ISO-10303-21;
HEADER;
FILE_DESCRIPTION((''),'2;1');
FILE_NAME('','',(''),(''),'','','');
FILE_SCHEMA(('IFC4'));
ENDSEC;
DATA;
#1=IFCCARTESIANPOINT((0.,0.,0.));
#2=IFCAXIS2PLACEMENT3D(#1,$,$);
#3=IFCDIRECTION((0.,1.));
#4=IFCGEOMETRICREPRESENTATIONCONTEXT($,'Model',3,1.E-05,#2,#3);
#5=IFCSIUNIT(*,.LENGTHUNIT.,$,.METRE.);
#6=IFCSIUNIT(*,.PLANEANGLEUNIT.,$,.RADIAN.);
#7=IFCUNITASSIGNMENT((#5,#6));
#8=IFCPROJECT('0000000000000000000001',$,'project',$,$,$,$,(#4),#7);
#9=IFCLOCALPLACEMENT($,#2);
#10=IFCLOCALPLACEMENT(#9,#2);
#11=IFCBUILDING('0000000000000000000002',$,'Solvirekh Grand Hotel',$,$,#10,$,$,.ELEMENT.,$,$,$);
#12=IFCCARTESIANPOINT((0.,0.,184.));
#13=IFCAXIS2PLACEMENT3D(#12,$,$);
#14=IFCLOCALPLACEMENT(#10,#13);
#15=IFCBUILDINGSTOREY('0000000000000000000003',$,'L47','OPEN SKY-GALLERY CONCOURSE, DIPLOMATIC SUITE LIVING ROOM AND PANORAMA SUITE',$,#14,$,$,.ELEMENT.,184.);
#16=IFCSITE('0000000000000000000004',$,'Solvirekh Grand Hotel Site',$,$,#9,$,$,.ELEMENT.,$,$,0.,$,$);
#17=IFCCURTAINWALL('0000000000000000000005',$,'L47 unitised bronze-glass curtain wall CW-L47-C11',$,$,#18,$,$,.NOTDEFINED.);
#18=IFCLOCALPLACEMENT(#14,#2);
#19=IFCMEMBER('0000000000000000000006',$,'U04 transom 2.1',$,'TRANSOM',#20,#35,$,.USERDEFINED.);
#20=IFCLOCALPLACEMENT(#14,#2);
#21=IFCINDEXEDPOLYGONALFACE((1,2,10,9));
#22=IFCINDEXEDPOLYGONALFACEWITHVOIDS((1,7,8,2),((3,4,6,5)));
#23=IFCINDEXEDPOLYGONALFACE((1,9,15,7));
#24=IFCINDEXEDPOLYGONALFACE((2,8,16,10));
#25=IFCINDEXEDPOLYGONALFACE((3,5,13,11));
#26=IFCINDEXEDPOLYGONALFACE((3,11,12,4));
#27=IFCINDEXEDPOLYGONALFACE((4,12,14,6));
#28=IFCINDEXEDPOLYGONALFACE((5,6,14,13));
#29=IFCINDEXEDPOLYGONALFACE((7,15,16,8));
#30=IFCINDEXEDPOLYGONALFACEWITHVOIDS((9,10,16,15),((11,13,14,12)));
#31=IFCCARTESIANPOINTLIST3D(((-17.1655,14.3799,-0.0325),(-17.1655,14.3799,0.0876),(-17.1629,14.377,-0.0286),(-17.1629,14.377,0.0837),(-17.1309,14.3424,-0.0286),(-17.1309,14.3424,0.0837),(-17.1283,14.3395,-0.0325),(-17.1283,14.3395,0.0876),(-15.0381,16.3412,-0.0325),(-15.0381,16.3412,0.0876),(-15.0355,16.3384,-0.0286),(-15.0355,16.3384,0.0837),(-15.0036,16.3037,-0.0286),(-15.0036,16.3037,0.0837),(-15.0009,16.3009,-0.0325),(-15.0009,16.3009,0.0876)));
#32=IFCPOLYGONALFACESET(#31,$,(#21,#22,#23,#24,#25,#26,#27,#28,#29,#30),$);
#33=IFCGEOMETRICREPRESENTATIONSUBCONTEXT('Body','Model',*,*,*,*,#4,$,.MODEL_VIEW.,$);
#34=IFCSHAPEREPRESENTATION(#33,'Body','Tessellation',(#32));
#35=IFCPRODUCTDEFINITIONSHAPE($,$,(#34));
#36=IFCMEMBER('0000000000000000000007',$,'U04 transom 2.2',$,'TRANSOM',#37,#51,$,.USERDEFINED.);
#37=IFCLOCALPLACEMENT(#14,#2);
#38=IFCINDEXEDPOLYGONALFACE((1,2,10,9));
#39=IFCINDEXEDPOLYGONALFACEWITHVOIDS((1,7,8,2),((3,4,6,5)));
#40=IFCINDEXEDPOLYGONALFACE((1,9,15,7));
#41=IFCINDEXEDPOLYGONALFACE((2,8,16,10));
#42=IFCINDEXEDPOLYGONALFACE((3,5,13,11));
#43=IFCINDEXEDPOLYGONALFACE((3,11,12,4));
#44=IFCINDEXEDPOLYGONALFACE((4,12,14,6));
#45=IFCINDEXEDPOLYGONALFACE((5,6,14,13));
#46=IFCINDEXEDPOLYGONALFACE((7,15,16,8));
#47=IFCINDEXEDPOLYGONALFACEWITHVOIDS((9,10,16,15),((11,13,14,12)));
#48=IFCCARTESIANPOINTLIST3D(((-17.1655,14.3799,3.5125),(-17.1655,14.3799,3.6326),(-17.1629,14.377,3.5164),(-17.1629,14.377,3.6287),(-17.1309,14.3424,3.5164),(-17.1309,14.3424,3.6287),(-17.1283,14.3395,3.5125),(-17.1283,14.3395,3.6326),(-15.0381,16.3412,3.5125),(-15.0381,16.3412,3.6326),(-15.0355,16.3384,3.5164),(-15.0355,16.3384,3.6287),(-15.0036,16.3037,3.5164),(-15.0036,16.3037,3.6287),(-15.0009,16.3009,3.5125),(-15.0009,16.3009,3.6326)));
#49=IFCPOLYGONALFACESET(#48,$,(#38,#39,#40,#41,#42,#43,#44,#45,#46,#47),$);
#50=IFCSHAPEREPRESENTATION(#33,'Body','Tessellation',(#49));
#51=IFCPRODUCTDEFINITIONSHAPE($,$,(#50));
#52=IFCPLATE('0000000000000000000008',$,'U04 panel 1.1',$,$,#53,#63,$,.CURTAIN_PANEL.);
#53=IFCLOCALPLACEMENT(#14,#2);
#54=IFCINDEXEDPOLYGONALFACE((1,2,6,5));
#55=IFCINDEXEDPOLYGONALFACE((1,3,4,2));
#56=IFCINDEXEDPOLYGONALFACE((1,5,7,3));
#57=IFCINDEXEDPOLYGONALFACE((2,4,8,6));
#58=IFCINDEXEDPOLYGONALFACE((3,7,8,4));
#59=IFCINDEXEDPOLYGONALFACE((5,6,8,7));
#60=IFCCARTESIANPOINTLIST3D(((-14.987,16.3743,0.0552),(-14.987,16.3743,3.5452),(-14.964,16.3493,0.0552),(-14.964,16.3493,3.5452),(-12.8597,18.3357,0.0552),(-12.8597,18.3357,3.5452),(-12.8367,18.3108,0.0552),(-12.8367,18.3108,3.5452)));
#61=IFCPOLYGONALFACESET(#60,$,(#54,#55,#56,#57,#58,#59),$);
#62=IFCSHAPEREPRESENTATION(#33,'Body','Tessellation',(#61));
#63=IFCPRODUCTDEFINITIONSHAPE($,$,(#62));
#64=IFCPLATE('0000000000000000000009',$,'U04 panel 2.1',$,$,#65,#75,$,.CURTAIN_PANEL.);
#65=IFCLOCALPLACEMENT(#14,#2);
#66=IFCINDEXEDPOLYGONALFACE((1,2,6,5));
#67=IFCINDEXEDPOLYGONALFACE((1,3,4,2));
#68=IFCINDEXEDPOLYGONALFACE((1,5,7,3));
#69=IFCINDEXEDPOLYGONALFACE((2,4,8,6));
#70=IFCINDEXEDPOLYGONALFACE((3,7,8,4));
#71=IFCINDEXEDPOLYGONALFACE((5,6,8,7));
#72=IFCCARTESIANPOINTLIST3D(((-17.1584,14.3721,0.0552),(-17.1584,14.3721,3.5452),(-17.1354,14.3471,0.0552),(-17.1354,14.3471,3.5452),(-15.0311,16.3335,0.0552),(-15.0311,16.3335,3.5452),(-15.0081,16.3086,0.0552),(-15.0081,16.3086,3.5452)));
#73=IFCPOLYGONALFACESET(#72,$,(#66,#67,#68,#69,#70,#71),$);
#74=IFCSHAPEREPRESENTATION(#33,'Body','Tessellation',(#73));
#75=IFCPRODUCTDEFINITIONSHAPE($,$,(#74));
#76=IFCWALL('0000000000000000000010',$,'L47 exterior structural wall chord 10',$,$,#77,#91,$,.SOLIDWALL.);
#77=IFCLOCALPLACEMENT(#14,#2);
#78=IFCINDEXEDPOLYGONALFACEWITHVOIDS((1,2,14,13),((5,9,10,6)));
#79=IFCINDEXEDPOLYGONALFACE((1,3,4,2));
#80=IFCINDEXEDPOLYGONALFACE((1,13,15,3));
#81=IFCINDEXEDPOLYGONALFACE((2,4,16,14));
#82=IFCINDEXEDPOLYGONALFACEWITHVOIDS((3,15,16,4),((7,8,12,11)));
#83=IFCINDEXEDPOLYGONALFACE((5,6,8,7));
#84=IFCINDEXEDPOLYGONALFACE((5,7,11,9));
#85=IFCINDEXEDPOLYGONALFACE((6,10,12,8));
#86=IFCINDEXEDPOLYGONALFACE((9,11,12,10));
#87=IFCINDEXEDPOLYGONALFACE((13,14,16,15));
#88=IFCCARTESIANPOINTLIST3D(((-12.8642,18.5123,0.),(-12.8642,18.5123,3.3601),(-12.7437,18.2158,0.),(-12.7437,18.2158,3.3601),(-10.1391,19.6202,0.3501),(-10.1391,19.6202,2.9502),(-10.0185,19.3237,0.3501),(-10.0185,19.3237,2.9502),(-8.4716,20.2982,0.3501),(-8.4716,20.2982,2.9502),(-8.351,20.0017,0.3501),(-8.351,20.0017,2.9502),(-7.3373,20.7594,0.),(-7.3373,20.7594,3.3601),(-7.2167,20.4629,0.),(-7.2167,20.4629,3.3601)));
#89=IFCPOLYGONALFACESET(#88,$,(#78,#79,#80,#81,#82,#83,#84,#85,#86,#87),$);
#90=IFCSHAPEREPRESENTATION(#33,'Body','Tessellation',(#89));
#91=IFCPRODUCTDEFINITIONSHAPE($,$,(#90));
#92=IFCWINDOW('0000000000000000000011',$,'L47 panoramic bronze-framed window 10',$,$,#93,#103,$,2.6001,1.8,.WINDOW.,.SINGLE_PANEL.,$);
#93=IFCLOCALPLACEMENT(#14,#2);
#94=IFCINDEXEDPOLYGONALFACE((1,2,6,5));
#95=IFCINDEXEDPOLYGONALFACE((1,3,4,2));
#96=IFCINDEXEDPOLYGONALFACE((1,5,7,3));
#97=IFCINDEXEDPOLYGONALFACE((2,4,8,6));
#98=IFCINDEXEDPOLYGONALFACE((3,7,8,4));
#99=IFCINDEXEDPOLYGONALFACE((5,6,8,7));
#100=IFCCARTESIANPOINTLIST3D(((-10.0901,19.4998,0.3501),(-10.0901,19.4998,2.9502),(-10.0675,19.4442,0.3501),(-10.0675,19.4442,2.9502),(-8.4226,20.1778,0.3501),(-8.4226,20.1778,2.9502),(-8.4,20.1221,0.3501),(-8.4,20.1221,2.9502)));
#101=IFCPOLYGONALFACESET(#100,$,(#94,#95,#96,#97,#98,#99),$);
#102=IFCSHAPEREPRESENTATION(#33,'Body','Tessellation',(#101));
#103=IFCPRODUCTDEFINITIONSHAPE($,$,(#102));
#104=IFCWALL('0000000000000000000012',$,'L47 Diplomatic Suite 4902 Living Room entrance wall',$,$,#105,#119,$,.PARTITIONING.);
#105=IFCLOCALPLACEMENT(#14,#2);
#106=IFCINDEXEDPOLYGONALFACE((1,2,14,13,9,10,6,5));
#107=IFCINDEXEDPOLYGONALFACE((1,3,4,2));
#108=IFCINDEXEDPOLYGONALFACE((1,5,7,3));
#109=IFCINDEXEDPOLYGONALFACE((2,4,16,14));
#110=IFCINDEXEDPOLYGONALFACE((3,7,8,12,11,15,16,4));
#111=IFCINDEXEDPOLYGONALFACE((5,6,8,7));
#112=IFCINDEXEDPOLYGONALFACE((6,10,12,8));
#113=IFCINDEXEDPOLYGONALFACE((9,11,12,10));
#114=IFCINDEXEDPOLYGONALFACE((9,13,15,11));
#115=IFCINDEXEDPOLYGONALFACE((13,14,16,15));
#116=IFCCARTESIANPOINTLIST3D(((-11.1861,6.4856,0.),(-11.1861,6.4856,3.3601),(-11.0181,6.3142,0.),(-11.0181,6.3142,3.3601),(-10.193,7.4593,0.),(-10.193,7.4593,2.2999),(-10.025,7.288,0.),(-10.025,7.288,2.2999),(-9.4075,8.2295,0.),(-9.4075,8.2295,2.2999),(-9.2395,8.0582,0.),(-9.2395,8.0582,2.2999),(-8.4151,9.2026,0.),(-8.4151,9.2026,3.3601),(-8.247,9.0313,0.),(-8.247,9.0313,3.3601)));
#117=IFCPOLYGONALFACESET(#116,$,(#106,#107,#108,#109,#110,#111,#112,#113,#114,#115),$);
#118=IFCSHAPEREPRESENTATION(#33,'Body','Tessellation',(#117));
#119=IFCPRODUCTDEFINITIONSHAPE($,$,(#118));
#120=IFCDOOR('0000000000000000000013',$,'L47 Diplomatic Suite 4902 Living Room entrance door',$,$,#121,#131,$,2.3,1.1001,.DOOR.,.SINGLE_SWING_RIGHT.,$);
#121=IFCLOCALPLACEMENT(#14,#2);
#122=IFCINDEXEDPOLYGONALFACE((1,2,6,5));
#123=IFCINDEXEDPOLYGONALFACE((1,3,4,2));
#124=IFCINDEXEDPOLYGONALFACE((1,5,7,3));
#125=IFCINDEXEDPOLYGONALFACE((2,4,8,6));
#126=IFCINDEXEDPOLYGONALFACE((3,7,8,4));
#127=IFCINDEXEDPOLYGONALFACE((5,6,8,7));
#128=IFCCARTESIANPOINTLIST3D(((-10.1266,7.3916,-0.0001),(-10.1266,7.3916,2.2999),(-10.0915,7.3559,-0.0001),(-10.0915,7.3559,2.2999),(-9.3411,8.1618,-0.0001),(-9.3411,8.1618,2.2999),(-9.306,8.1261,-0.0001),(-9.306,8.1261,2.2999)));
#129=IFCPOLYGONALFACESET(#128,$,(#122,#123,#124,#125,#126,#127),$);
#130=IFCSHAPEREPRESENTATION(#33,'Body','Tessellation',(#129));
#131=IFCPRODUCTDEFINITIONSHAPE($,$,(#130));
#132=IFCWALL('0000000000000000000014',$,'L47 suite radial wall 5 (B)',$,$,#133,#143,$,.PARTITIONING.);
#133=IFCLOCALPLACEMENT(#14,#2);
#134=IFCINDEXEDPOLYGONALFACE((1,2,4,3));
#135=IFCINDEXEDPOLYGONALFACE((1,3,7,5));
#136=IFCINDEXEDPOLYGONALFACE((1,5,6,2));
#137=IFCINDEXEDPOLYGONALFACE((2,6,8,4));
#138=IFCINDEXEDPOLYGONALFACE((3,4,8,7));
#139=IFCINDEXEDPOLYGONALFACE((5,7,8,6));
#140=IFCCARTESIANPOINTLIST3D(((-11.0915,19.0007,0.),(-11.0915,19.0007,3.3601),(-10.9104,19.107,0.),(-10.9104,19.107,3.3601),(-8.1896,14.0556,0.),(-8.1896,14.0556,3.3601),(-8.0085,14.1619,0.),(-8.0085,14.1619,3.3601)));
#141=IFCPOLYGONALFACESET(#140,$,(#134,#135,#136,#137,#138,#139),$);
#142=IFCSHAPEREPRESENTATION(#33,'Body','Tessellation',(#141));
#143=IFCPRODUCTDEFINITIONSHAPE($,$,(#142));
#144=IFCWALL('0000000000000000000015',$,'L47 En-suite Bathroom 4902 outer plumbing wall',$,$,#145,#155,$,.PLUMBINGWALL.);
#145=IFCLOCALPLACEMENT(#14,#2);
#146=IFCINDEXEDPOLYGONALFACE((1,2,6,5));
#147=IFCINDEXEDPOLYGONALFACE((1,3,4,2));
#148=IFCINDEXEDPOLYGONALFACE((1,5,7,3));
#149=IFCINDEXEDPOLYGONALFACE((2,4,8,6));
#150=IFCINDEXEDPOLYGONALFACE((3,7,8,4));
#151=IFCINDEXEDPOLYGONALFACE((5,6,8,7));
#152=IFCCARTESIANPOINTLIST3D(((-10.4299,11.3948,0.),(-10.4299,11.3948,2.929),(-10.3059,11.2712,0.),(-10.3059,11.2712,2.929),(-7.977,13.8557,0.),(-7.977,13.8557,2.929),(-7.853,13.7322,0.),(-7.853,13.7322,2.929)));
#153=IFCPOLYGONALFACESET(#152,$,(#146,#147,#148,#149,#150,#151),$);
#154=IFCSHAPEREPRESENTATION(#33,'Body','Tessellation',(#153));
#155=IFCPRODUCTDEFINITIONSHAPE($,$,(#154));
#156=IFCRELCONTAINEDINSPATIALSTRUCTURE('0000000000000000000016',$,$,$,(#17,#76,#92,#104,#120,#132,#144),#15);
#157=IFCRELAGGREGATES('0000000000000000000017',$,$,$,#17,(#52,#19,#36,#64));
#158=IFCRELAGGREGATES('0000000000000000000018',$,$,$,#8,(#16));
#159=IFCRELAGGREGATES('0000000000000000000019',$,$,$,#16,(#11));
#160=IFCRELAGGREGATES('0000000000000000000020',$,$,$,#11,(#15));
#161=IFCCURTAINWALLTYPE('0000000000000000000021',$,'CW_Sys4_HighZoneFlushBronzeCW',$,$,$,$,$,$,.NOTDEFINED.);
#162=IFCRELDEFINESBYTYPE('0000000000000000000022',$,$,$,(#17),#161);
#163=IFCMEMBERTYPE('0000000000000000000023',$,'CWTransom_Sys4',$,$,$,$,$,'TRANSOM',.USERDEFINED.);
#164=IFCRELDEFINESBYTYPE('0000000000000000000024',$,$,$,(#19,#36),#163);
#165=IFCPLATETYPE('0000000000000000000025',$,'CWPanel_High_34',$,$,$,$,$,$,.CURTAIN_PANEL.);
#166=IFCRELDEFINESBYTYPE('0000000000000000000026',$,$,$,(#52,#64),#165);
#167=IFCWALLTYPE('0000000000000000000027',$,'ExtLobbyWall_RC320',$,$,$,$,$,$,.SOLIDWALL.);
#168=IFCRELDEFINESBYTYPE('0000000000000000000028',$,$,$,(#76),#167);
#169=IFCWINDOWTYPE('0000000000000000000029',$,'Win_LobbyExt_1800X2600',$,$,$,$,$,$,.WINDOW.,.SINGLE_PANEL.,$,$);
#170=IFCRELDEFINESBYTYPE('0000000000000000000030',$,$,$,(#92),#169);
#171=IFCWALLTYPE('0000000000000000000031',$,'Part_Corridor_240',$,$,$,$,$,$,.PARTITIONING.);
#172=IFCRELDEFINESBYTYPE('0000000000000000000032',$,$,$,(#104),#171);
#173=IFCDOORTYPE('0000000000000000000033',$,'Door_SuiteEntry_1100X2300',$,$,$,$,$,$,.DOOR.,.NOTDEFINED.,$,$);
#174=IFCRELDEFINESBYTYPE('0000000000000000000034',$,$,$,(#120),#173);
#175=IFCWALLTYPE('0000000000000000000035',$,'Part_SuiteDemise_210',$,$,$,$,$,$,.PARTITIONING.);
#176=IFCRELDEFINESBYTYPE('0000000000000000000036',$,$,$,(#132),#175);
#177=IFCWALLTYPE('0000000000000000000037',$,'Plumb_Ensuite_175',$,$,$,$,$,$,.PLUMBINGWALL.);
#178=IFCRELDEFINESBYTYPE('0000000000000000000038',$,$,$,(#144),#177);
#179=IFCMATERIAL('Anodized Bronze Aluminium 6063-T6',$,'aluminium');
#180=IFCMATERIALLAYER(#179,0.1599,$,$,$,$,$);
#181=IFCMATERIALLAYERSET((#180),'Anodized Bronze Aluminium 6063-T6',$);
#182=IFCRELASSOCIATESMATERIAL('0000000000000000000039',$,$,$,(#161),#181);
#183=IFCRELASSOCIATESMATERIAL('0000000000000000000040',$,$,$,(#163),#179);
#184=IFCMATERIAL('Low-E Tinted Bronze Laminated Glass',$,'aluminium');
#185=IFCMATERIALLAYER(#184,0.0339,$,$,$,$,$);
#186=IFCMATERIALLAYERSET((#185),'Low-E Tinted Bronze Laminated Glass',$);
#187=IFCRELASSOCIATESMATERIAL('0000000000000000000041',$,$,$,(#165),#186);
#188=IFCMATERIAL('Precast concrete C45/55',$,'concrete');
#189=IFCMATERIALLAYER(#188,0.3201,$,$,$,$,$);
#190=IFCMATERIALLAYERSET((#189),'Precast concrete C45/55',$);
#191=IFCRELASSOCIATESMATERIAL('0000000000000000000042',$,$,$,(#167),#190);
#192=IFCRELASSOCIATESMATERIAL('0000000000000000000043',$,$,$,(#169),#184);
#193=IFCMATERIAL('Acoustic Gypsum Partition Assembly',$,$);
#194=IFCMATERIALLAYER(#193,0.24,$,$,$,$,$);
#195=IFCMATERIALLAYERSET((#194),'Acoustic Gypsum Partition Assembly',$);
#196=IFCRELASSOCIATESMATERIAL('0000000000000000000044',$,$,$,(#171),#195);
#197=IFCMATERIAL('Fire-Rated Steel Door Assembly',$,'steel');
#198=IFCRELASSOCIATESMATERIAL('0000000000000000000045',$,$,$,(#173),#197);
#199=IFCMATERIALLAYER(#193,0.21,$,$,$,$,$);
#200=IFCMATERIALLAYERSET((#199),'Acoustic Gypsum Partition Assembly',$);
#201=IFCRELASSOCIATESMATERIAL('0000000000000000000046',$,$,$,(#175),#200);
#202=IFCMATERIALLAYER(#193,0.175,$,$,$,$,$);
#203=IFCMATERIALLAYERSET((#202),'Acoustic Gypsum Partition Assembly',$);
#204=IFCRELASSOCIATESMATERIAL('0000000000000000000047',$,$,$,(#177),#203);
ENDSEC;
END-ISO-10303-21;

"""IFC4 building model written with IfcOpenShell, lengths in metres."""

from ifc_helpers import new_model, si_unit, direction, frame, frame_2d, origin, origin_2d, place, context, subcontext, project, spatial, rectangle, hollow_rectangle, extrude, source, transform, mapped, material, layer, layer_set, material_profile, profile_set, type_object, element, fill, aggregate, save


model = new_model("IFC4")

# Units and contexts
model_context = context("Model", 3, precision=1e-05, world=origin(), true_north=direction((0.0, 1.0)))
body_context = subcontext(model_context, "Body", "Model", "MODEL_VIEW")
ifc_project = project(units=[si_unit("LENGTHUNIT", "METRE"), si_unit("PLANEANGLEUNIT", "RADIAN")], contexts=[model_context])

# Site, building, storey
site_placement = place(None, origin())
site = spatial("IfcSite", under=ifc_project, at=site_placement, Name="Solvirekh Grand Hotel Site", CompositionType="ELEMENT", RefElevation=0.0)
building_placement = place(site_placement, origin())
building = spatial("IfcBuilding", under=site, at=building_placement, Name="Solvirekh Grand Hotel", CompositionType="ELEMENT")
storey_placement = place(building_placement, frame((0.0, 0.0, 184.0)))
storey = spatial("IfcBuildingStorey", under=building, at=storey_placement, Name="L47", Description="OPEN SKY-GALLERY CONCOURSE, DIPLOMATIC SUITE LIVING ROOM AND PANORAMA SUITE", CompositionType="ELEMENT", Elevation=184.0)

# Curtain wall, members, plates
ifc_material_1 = material(Name="Anodized Bronze Aluminium 6063-T6", Category="aluminium")
ifc_layer_1 = layer(ifc_material_1, 0.1599)
ifc_layer_set_1 = layer_set([ifc_layer_1], Name="Anodized Bronze Aluminium 6063-T6")
curtain_wall_type = type_object("IfcCurtainWallType", Name="CW_Sys4_HighZoneFlushBronzeCW", PredefinedType="NOTDEFINED", material=ifc_layer_set_1)
curtain_wall_placement = place(storey_placement, origin())
curtain_wall = element("IfcCurtainWall", 1, at=curtain_wall_placement, inside=storey, type_object=curtain_wall_type, Name="L47 unitised bronze-glass curtain wall CW-L47-C11", PredefinedType="NOTDEFINED")
ifc_material_profile_1 = material_profile(ifc_material_1, hollow_rectangle(XDim=0.0549, YDim=0.1201, WallThickness=0.0039, at=origin_2d()), Name="ALU RHS 120X55X4")
ifc_profile_set_1 = profile_set([ifc_material_profile_1], Name="Anodized Bronze Aluminium 6063-T6")
member_type_1 = type_object("IfcMemberType", Name="CWTransom_Sys4", ElementType="TRANSOM", PredefinedType="USERDEFINED", material=ifc_profile_set_1)
shared_shape_1 = source(origin(), body_context, "Body", "SweptSolid", [
    extrude(hollow_rectangle(XDim=0.0549, YDim=0.1201, WallThickness=0.0039, at=origin_2d()), origin(), (0.0, 0.0, 1.0), 2.8936),
])
member_1_placement = place(storey_placement, frame((-15.0195, 16.321, 0.0276), z_axis=(-0.735211, -0.677838, 0.0), x_axis=(0.677838, -0.735211, 0.0)))
member_1 = element("IfcMember", 2, at=member_1_placement, type_object=member_type_1, Name="U04 transom 2.1", ObjectType="TRANSOM", PredefinedType="USERDEFINED", context=body_context, shape_type="MappedRepresentation", body=[
    mapped(shared_shape_1, transform((0.0, 0.0, 0.0), x_axis=(1.0, 0.0, 0.0), y_axis=(0.0, 1.0, 0.0), z_axis=(0.0, 0.0, 1.0), scale=1.0)),
])
member_2_placement = place(storey_placement, frame((-15.0195, 16.321, 3.5725), z_axis=(-0.735211, -0.677838, 0.0), x_axis=(0.677838, -0.735211, 0.0)))
member_2 = element("IfcMember", 3, at=member_2_placement, type_object=member_type_1, Name="U04 transom 2.2", ObjectType="TRANSOM", PredefinedType="USERDEFINED", context=body_context, shape_type="MappedRepresentation", body=[
    mapped(shared_shape_1, transform((0.0, 0.0, 0.0), x_axis=(1.0, 0.0, 0.0), y_axis=(0.0, 1.0, 0.0), z_axis=(0.0, 0.0, 1.0), scale=1.0)),
])
ifc_material_2 = material(Name="Low-E Tinted Bronze Laminated Glass", Category="aluminium")
ifc_layer_2 = layer(ifc_material_2, 0.0339)
ifc_layer_set_2 = layer_set([ifc_layer_2], Name="Low-E Tinted Bronze Laminated Glass")
plate_type = type_object("IfcPlateType", Name="CWPanel_High_34", PredefinedType="CURTAIN_PANEL", material=ifc_layer_set_2)
shared_shape_2 = source(origin(), body_context, "Body", "SweptSolid", [
    extrude(rectangle(XDim=2.8936, YDim=0.0339, at=origin_2d()), origin(), (0.0, 0.0, 1.0), 3.49),
])
plate_1_placement = place(storey_placement, frame((-13.9119, 17.3425, 0.0552), z_axis=(0.0, 0.0, 1.0), x_axis=(-0.735182, -0.677869, 0.0)))
plate_1 = element("IfcPlate", 4, at=plate_1_placement, type_object=plate_type, Name="U04 panel 1.1", PredefinedType="CURTAIN_PANEL", context=body_context, shape_type="MappedRepresentation", body=[
    mapped(shared_shape_2, transform((0.0, 0.0, 0.0), x_axis=(1.0, 0.0, 0.0), y_axis=(0.0, 1.0, 0.0), z_axis=(0.0, 0.0, 1.0), scale=1.0)),
])
plate_2_placement = place(storey_placement, frame((-16.0833, 15.3403, 0.0552), z_axis=(0.0, 0.0, 1.0), x_axis=(-0.735182, -0.677869, 0.0)))
plate_2 = element("IfcPlate", 5, at=plate_2_placement, type_object=plate_type, Name="U04 panel 2.1", PredefinedType="CURTAIN_PANEL", context=body_context, shape_type="MappedRepresentation", body=[
    mapped(shared_shape_2, transform((0.0, 0.0, 0.0), x_axis=(1.0, 0.0, 0.0), y_axis=(0.0, 1.0, 0.0), z_axis=(0.0, 0.0, 1.0), scale=1.0)),
])
aggregate(curtain_wall, [plate_1, member_1, member_2, plate_2])

# Wall, opening, window
ifc_material_3 = material(Name="Precast concrete C45/55", Category="concrete")
ifc_layer_3 = layer(ifc_material_3, 0.3201)
ifc_layer_set_3 = layer_set([ifc_layer_3], Name="Precast concrete C45/55")
wall_type_1 = type_object("IfcWallType", Name="ExtLobbyWall_RC320", PredefinedType="SOLIDWALL", material=ifc_layer_set_3)
wall_1_placement = place(storey_placement, frame((-12.804, 18.364, 0.0), z_axis=(0.0, 0.0, 1.0), x_axis=(0.926362, 0.376634, 0.0)))
wall_1 = element("IfcWall", 6, at=wall_1_placement, inside=storey, type_object=wall_type_1, Name="L47 exterior structural wall chord 10", PredefinedType="SOLIDWALL", context=body_context, shape_type="SweptSolid", body=[
    extrude(rectangle(XDim=5.9663, YDim=0.3201, at=frame_2d((2.9832, 0.0))), origin(), (0.0, 0.0, 1.0), 3.3601),
])
opening_1_placement = place(wall_1_placement, frame((2.9419, 0.0, 0.3501)))
opening_1 = element("IfcOpeningElement", 7, at=opening_1_placement, cuts=wall_1, PredefinedType="OPENING", context=body_context, shape_type="SweptSolid", body=[
    extrude(rectangle(XDim=1.8, YDim=2.6001, at=frame_2d((0.8999, 1.3))), frame((0.0, 0.1699, 0.0), z_axis=(0.0, -1.0, 0.0), x_axis=(1.0, 0.0, 0.0)), (0.0, 0.0, 1.0), 0.3401),
])
window_type = type_object("IfcWindowType", Name="Win_LobbyExt_1800X2600", PartitioningType="SINGLE_PANEL", PredefinedType="WINDOW", material=ifc_material_2)
window_placement = place(opening_1_placement, origin())
window = element("IfcWindow", 8, at=window_placement, inside=storey, type_object=window_type, Name="L47 panoramic bronze-framed window 10", OverallHeight=2.6001, OverallWidth=1.8, PartitioningType="SINGLE_PANEL", PredefinedType="WINDOW", context=body_context, shape_type="SweptSolid", body=[
    extrude(rectangle(XDim=1.8, YDim=2.6001, at=frame_2d((0.8999, 1.3))), frame((0.0, 0.03, 0.0), z_axis=(0.0, -1.0, 0.0), x_axis=(1.0, 0.0, 0.0)), (0.0, 0.0, 1.0), 0.0601),
])
fill(opening_1, window)

# Wall, opening, door
ifc_material_4 = material(Name="Acoustic Gypsum Partition Assembly")
ifc_layer_4 = layer(ifc_material_4, 0.24)
ifc_layer_set_4 = layer_set([ifc_layer_4], Name="Acoustic Gypsum Partition Assembly")
wall_type_2 = type_object("IfcWallType", Name="Part_Corridor_240", PredefinedType="PARTITIONING", material=ifc_layer_set_4)
wall_2_placement = place(storey_placement, frame((-8.3311, 9.1169, 0.0), z_axis=(0.0, 0.0, 1.0), x_axis=(-0.714024, -0.700121, 0.0)))
wall_2 = element("IfcWall", 9, at=wall_2_placement, inside=storey, type_object=wall_type_2, Name="L47 Diplomatic Suite 4902 Living Room entrance wall", PredefinedType="PARTITIONING", context=body_context, shape_type="SweptSolid", body=[
    extrude(rectangle(XDim=3.8809, YDim=0.24, at=frame_2d((1.9404, 0.0))), origin(), (0.0, 0.0, 1.0), 3.3601),
])
opening_2_placement = place(wall_2_placement, frame((1.3899, 0.0, 0.0)))
opening_2 = element("IfcOpeningElement", 10, at=opening_2_placement, cuts=wall_2, PredefinedType="OPENING", context=body_context, shape_type="SweptSolid", body=[
    extrude(rectangle(XDim=1.1001, YDim=2.3, at=frame_2d((0.55, 1.1499))), frame((0.0, 0.1299, 0.0), z_axis=(0.0, -1.0, 0.0), x_axis=(1.0, 0.0, 0.0)), (0.0, 0.0, 1.0), 0.26),
])
ifc_material_5 = material(Name="Fire-Rated Steel Door Assembly", Category="steel")
door_type_1 = type_object("IfcDoorType", Name="Door_SuiteEntry_1100X2300", OperationType="NOTDEFINED", PredefinedType="DOOR", material=ifc_material_5)
door_1_placement = place(opening_2_placement, origin())
door_1 = element("IfcDoor", 11, at=door_1_placement, inside=storey, type_object=door_type_1, Name="L47 Diplomatic Suite 4902 Living Room entrance door", OperationType="SINGLE_SWING_RIGHT", OverallHeight=2.3, OverallWidth=1.1001, PredefinedType="DOOR", context=body_context, shape_type="SweptSolid", body=[
    extrude(rectangle(XDim=1.1001, YDim=2.3, at=frame_2d((0.55, 1.1499))), frame((0.0, 0.0249, 0.0), z_axis=(0.0, -1.0, 0.0), x_axis=(1.0, 0.0, 0.0)), (0.0, 0.0, 1.0), 0.05),
])
fill(opening_2, door_1)

# Walls
ifc_layer_5 = layer(ifc_material_4, 0.21)
ifc_layer_set_5 = layer_set([ifc_layer_5], Name="Acoustic Gypsum Partition Assembly")
wall_type_3 = type_object("IfcWallType", Name="Part_SuiteDemise_210", PredefinedType="PARTITIONING", material=ifc_layer_set_5)
wall_3_placement = place(storey_placement, frame((-8.0991, 14.1089, 0.0), z_axis=(0.0, 0.0, 1.0), x_axis=(-0.506112, 0.862468, 0.0)))
element("IfcWall", 12, at=wall_3_placement, inside=storey, type_object=wall_type_3, Name="L47 suite radial wall 5 (B)", PredefinedType="PARTITIONING", context=body_context, shape_type="SweptSolid", body=[
    extrude(rectangle(XDim=5.7336, YDim=0.21, at=frame_2d((2.8667, 0.0))), origin(), (0.0, 0.0, 1.0), 3.3601),
])
ifc_layer_6 = layer(ifc_material_4, 0.175)
ifc_layer_set_6 = layer_set([ifc_layer_6], Name="Acoustic Gypsum Partition Assembly")
wall_type_4 = type_object("IfcWallType", Name="Plumb_Ensuite_175", PredefinedType="PLUMBINGWALL", material=ifc_layer_set_6)
wall_4_placement = place(storey_placement, frame((-7.915, 13.7939, 0.0), z_axis=(0.0, 0.0, 1.0), x_axis=(-0.705946, -0.708265, 0.0)))
element("IfcWall", 13, at=wall_4_placement, inside=storey, type_object=wall_type_4, Name="L47 En-suite Bathroom 4902 outer plumbing wall", PredefinedType="PLUMBINGWALL", context=body_context, shape_type="SweptSolid", body=[
    extrude(rectangle(XDim=3.4746, YDim=0.175, at=frame_2d((1.7373, 0.0))), origin(), (0.0, 0.0, 1.0), 2.929),
])

save(model, "model.ifc")
